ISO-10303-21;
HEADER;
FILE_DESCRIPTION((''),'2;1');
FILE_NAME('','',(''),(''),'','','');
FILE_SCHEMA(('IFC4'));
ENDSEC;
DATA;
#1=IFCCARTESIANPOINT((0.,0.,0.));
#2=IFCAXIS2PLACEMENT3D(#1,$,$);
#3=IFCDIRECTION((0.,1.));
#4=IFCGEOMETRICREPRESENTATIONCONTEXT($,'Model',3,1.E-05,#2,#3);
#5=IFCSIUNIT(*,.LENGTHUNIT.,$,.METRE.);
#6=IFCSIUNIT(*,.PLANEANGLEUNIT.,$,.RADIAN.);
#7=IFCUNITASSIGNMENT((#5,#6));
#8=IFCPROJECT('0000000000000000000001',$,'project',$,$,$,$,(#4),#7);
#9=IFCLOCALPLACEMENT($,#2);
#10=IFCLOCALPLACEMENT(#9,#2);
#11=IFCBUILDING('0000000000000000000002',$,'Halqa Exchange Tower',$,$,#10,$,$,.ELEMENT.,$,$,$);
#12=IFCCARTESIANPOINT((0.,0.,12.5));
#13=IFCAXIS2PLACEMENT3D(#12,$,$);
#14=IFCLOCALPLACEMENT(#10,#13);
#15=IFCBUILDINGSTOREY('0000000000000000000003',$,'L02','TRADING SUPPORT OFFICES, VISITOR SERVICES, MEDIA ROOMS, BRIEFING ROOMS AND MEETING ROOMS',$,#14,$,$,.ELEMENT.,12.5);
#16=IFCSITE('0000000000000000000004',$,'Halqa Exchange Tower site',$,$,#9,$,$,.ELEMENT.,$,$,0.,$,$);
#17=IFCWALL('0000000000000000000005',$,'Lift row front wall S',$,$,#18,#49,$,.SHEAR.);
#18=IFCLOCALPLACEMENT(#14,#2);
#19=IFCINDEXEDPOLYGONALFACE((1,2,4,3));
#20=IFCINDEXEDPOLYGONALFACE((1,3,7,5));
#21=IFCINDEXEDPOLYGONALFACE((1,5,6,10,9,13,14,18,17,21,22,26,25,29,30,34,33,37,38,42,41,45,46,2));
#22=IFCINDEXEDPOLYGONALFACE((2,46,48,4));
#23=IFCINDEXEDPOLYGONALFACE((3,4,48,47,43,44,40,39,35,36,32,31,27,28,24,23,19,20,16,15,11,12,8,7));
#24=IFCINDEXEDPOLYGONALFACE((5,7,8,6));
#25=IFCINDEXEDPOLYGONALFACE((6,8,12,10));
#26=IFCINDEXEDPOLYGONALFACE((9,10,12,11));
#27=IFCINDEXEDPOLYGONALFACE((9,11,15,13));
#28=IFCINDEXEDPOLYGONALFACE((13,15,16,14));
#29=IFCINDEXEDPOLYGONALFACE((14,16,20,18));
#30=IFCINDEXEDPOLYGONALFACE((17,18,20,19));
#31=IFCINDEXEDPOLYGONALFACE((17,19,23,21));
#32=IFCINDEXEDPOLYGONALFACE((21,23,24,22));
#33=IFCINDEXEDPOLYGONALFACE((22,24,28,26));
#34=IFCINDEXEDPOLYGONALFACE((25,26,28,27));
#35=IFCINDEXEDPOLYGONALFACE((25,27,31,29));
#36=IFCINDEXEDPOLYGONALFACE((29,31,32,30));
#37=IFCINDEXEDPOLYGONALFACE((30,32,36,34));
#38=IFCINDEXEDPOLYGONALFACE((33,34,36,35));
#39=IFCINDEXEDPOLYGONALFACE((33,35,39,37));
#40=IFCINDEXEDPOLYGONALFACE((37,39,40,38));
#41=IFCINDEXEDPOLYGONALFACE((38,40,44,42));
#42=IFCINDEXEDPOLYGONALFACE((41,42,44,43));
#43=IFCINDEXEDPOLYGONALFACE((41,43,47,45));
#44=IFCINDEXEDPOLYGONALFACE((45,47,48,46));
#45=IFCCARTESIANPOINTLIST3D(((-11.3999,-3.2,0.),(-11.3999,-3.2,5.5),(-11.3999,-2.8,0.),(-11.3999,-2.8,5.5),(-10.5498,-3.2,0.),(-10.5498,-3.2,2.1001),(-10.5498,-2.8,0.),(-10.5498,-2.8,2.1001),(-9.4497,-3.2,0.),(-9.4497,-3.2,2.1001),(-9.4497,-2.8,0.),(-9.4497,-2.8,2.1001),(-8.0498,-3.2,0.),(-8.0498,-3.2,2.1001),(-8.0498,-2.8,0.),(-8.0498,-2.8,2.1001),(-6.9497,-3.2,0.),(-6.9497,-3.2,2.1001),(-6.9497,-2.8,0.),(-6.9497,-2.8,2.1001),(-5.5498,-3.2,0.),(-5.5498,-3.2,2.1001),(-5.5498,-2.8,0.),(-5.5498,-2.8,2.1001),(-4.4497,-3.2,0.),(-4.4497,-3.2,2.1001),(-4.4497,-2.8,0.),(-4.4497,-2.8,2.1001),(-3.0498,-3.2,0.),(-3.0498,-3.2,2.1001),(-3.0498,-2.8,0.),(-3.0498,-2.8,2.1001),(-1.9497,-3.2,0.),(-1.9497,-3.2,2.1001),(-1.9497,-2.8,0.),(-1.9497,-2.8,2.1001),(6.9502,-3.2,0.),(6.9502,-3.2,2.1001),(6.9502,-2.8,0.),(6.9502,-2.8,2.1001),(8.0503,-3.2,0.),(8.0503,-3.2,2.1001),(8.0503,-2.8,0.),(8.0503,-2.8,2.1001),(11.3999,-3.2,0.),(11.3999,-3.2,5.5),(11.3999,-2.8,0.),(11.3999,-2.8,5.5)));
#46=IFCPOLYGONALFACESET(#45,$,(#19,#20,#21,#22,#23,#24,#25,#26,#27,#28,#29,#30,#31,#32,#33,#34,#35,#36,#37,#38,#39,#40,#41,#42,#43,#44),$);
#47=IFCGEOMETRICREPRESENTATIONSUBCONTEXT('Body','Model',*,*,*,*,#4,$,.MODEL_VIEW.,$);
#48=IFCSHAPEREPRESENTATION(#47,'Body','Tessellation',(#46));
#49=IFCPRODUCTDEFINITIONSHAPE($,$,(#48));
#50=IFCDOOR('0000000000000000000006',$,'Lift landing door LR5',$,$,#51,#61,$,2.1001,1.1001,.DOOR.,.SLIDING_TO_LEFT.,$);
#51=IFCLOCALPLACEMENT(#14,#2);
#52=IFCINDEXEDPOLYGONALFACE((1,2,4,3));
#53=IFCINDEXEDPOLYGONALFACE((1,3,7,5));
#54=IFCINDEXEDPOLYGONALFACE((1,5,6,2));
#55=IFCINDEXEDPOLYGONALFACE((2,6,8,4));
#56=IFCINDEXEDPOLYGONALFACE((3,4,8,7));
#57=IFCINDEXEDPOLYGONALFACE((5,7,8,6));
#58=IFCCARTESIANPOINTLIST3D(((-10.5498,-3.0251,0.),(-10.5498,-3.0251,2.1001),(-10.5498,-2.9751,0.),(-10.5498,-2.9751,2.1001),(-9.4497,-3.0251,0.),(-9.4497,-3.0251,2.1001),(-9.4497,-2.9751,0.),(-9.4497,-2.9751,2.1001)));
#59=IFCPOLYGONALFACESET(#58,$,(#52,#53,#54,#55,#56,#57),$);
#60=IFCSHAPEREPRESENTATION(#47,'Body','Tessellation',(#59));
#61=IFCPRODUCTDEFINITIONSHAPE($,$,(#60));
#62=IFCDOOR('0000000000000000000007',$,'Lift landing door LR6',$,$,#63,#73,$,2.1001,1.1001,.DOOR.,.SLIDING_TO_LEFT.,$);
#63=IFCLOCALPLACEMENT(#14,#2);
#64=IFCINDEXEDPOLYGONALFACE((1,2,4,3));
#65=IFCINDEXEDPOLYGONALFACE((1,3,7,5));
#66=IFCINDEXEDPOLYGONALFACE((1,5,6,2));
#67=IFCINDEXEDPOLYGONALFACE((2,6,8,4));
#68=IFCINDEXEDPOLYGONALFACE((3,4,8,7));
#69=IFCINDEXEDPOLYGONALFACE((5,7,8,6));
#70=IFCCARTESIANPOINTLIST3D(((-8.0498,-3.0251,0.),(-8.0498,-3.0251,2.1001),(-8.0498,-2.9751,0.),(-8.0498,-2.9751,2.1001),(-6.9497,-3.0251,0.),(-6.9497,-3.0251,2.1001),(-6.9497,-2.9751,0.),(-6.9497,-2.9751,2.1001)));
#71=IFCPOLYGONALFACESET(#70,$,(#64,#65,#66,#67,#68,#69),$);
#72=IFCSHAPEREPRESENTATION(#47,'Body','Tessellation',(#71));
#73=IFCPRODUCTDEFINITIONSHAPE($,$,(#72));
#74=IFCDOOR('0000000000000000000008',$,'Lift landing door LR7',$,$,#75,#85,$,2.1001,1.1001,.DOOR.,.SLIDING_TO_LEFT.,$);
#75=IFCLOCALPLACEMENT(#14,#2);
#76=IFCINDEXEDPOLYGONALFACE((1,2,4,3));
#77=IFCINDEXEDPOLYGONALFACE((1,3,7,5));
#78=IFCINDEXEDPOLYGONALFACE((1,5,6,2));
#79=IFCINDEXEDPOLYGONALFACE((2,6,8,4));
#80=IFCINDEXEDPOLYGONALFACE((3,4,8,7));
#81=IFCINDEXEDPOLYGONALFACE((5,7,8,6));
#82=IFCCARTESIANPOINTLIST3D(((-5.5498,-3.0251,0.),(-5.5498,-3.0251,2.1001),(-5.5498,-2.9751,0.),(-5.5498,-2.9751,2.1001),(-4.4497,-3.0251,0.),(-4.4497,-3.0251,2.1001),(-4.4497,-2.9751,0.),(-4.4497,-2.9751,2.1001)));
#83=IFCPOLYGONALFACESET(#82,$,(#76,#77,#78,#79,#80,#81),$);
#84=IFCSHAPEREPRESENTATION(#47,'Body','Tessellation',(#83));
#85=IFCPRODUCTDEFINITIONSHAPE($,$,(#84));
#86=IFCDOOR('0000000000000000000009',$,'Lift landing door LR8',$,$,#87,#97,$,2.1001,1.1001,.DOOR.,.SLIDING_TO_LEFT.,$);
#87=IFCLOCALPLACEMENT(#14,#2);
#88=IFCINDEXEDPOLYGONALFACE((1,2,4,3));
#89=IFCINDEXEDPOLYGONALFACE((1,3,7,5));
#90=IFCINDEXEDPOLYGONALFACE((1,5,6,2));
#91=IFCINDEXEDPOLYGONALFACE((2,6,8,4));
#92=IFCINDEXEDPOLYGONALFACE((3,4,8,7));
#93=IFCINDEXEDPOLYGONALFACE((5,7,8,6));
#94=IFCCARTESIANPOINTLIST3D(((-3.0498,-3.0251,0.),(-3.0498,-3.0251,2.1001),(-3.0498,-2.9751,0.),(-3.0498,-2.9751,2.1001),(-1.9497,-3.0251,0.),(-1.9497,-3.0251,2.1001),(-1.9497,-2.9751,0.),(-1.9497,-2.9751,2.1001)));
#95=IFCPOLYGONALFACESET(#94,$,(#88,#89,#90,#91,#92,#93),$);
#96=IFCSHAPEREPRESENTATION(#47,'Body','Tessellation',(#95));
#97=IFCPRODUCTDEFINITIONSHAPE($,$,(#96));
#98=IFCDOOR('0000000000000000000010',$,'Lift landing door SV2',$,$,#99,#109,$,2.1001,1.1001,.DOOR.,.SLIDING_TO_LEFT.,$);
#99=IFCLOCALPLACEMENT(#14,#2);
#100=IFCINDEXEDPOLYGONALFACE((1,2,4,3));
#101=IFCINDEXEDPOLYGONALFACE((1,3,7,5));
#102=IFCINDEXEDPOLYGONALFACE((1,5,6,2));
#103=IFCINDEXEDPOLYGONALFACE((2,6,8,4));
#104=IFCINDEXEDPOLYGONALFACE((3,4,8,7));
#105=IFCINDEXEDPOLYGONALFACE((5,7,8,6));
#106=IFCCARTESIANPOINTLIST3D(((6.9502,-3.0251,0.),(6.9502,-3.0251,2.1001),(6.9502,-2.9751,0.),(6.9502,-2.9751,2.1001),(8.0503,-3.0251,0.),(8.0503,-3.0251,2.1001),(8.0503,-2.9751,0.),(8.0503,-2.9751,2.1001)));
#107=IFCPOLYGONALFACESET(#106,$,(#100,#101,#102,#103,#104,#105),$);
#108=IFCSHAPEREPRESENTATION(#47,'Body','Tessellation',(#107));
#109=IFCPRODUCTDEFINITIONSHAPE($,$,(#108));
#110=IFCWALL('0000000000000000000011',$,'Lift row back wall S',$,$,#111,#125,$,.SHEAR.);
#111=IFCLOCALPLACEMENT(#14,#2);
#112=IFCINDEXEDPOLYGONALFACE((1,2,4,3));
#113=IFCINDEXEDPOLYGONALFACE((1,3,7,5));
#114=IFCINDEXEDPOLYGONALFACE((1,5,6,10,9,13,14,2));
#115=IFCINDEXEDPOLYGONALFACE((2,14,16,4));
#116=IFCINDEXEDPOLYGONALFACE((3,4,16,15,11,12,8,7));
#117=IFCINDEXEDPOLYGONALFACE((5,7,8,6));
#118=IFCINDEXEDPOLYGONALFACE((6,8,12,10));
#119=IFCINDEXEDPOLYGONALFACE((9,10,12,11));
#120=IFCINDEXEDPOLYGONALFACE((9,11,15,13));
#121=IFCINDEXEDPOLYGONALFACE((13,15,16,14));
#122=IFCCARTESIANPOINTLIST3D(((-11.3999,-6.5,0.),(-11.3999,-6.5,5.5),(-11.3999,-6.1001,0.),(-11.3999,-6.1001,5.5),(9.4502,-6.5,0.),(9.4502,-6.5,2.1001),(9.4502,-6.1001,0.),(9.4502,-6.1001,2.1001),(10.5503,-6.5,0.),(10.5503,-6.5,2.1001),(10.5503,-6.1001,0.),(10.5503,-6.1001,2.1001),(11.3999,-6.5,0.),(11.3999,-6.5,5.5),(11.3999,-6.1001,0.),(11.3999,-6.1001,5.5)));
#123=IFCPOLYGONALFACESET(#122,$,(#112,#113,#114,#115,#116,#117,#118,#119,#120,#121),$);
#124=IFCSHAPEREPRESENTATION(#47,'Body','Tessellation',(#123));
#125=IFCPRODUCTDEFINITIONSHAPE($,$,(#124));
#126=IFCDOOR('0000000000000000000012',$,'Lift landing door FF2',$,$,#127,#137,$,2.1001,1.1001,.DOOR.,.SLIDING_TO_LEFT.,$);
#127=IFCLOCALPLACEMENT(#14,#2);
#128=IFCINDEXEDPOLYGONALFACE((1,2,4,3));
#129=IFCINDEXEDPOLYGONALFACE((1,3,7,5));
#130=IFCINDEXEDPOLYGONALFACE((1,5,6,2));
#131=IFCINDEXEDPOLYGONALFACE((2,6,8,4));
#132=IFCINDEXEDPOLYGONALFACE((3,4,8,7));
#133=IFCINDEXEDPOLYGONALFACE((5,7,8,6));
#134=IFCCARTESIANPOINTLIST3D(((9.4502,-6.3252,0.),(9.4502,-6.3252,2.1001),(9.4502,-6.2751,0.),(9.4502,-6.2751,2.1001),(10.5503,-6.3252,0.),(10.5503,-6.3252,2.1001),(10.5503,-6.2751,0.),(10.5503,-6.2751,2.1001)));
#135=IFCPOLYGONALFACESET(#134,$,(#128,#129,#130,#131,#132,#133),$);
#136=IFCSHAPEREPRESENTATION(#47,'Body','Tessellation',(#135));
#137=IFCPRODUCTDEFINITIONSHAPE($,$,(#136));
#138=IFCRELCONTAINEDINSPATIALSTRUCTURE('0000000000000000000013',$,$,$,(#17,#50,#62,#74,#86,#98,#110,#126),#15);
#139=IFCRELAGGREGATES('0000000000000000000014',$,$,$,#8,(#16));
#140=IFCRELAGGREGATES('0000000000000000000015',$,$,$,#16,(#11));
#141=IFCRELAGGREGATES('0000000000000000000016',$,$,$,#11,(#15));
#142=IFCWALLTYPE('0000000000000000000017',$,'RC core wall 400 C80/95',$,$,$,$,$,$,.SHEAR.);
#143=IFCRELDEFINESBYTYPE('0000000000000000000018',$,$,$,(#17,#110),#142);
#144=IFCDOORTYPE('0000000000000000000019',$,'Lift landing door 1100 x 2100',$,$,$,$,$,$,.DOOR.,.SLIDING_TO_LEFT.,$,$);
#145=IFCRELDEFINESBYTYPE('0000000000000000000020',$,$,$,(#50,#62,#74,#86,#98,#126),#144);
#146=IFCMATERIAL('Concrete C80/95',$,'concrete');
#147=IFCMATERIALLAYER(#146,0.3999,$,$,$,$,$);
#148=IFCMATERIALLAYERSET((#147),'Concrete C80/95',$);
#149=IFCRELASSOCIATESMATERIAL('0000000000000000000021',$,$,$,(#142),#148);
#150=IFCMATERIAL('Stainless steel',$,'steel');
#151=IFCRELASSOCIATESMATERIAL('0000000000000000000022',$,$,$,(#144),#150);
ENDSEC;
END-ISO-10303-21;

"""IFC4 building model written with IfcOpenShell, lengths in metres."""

from ifc_helpers import new_model, si_unit, direction, frame, frame_2d, origin, place, context, subcontext, project, spatial, rectangle, extrude, material, layer, layer_set, type_object, element, fill, save


model = new_model("IFC4")

# Units and contexts
model_context = context("Model", 3, precision=1e-05, world=origin(), true_north=direction((0.0, 1.0)))
body_context = subcontext(model_context, "Body", "Model", "MODEL_VIEW")
ifc_project = project(units=[si_unit("LENGTHUNIT", "METRE"), si_unit("PLANEANGLEUNIT", "RADIAN")], contexts=[model_context])

# Site, building, storey
site_placement = place(None, origin())
site = spatial("IfcSite", under=ifc_project, at=site_placement, Name="Halqa Exchange Tower site", CompositionType="ELEMENT", RefElevation=0.0)
building_placement = place(site_placement, origin())
building = spatial("IfcBuilding", under=site, at=building_placement, Name="Halqa Exchange Tower", CompositionType="ELEMENT")
storey_placement = place(building_placement, frame((0.0, 0.0, 12.5)))
storey = spatial("IfcBuildingStorey", under=building, at=storey_placement, Name="L02", Description="TRADING SUPPORT OFFICES, VISITOR SERVICES, MEDIA ROOMS, BRIEFING ROOMS AND MEETING ROOMS", CompositionType="ELEMENT", Elevation=12.5)

# Wall, openings, doors
ifc_material_1 = material(Name="Concrete C80/95", Category="concrete")
ifc_layer_1 = layer(ifc_material_1, 0.3999)
ifc_layer_set_1 = layer_set([ifc_layer_1], Name="Concrete C80/95")
wall_type_1 = type_object("IfcWallType", Name="RC core wall 400 C80/95", PredefinedType="SHEAR", material=ifc_layer_set_1)
wall_1_placement = place(storey_placement, frame((-11.3999, -3.0, 0.0), z_axis=(0.0, 0.0, 1.0), x_axis=(1.0, 0.0, 0.0)))
wall_1 = element("IfcWall", 1, at=wall_1_placement, inside=storey, type_object=wall_type_1, Name="Lift row front wall S", PredefinedType="SHEAR", context=body_context, shape_type="SweptSolid", body=[
    extrude(rectangle(XDim=22.7998, YDim=0.3999, at=frame_2d((11.3999, 0.0))), origin(), (0.0, 0.0, 1.0), 5.5),
])
opening_1_placement = place(wall_1_placement, frame((0.8501, 0.0, 0.0)))
opening_1 = element("IfcOpeningElement", 2, at=opening_1_placement, cuts=wall_1, PredefinedType="OPENING", context=body_context, shape_type="SweptSolid", body=[
    extrude(rectangle(XDim=1.1001, YDim=2.1001, at=frame_2d((0.55, 1.05))), frame((0.0, 0.2119, 0.0), z_axis=(0.0, -1.0, 0.0), x_axis=(1.0, 0.0, 0.0)), (0.0, 0.0, 1.0), 0.4238),
])
opening_2_placement = place(wall_1_placement, frame((3.3501, 0.0, 0.0)))
opening_2 = element("IfcOpeningElement", 3, at=opening_2_placement, cuts=wall_1, PredefinedType="OPENING", context=body_context, shape_type="SweptSolid", body=[
    extrude(rectangle(XDim=1.1001, YDim=2.1001, at=frame_2d((0.55, 1.05))), frame((0.0, 0.2119, 0.0), z_axis=(0.0, -1.0, 0.0), x_axis=(1.0, 0.0, 0.0)), (0.0, 0.0, 1.0), 0.4238),
])
opening_3_placement = place(wall_1_placement, frame((5.8501, 0.0, 0.0)))
opening_3 = element("IfcOpeningElement", 4, at=opening_3_placement, cuts=wall_1, PredefinedType="OPENING", context=body_context, shape_type="SweptSolid", body=[
    extrude(rectangle(XDim=1.1001, YDim=2.1001, at=frame_2d((0.55, 1.05))), frame((0.0, 0.2119, 0.0), z_axis=(0.0, -1.0, 0.0), x_axis=(1.0, 0.0, 0.0)), (0.0, 0.0, 1.0), 0.4238),
])
opening_4_placement = place(wall_1_placement, frame((8.3501, 0.0, 0.0)))
opening_4 = element("IfcOpeningElement", 5, at=opening_4_placement, cuts=wall_1, PredefinedType="OPENING", context=body_context, shape_type="SweptSolid", body=[
    extrude(rectangle(XDim=1.1001, YDim=2.1001, at=frame_2d((0.55, 1.05))), frame((0.0, 0.2119, 0.0), z_axis=(0.0, -1.0, 0.0), x_axis=(1.0, 0.0, 0.0)), (0.0, 0.0, 1.0), 0.4238),
])
opening_5_placement = place(wall_1_placement, frame((18.3501, 0.0, 0.0)))
opening_5 = element("IfcOpeningElement", 6, at=opening_5_placement, cuts=wall_1, PredefinedType="OPENING", context=body_context, shape_type="SweptSolid", body=[
    extrude(rectangle(XDim=1.1001, YDim=2.1001, at=frame_2d((0.55, 1.05))), frame((0.0, 0.2119, 0.0), z_axis=(0.0, -1.0, 0.0), x_axis=(1.0, 0.0, 0.0)), (0.0, 0.0, 1.0), 0.4238),
])
ifc_material_2 = material(Name="Stainless steel", Category="steel")
door_type = type_object("IfcDoorType", Name="Lift landing door 1100 x 2100", OperationType="SLIDING_TO_LEFT", PredefinedType="DOOR", material=ifc_material_2)
door_1_placement = place(opening_1_placement, origin())
door_1 = element("IfcDoor", 7, at=door_1_placement, inside=storey, type_object=door_type, Name="Lift landing door LR5", OperationType="SLIDING_TO_LEFT", OverallHeight=2.1001, OverallWidth=1.1001, PredefinedType="DOOR", context=body_context, shape_type="SweptSolid", body=[
    extrude(rectangle(XDim=1.1001, YDim=2.1001, at=frame_2d((0.55, 1.05))), frame((0.0, 0.0249, 0.0), z_axis=(0.0, -1.0, 0.0), x_axis=(1.0, 0.0, 0.0)), (0.0, 0.0, 1.0), 0.05),
])
fill(opening_1, door_1)
door_2_placement = place(opening_2_placement, origin())
door_2 = element("IfcDoor", 8, at=door_2_placement, inside=storey, type_object=door_type, Name="Lift landing door LR6", OperationType="SLIDING_TO_LEFT", OverallHeight=2.1001, OverallWidth=1.1001, PredefinedType="DOOR", context=body_context, shape_type="SweptSolid", body=[
    extrude(rectangle(XDim=1.1001, YDim=2.1001, at=frame_2d((0.55, 1.05))), frame((0.0, 0.0249, 0.0), z_axis=(0.0, -1.0, 0.0), x_axis=(1.0, 0.0, 0.0)), (0.0, 0.0, 1.0), 0.05),
])
fill(opening_2, door_2)
door_3_placement = place(opening_3_placement, origin())
door_3 = element("IfcDoor", 9, at=door_3_placement, inside=storey, type_object=door_type, Name="Lift landing door LR7", OperationType="SLIDING_TO_LEFT", OverallHeight=2.1001, OverallWidth=1.1001, PredefinedType="DOOR", context=body_context, shape_type="SweptSolid", body=[
    extrude(rectangle(XDim=1.1001, YDim=2.1001, at=frame_2d((0.55, 1.05))), frame((0.0, 0.0249, 0.0), z_axis=(0.0, -1.0, 0.0), x_axis=(1.0, 0.0, 0.0)), (0.0, 0.0, 1.0), 0.05),
])
fill(opening_3, door_3)
door_4_placement = place(opening_4_placement, origin())
door_4 = element("IfcDoor", 10, at=door_4_placement, inside=storey, type_object=door_type, Name="Lift landing door LR8", OperationType="SLIDING_TO_LEFT", OverallHeight=2.1001, OverallWidth=1.1001, PredefinedType="DOOR", context=body_context, shape_type="SweptSolid", body=[
    extrude(rectangle(XDim=1.1001, YDim=2.1001, at=frame_2d((0.55, 1.05))), frame((0.0, 0.0249, 0.0), z_axis=(0.0, -1.0, 0.0), x_axis=(1.0, 0.0, 0.0)), (0.0, 0.0, 1.0), 0.05),
])
fill(opening_4, door_4)
door_5_placement = place(opening_5_placement, origin())
door_5 = element("IfcDoor", 11, at=door_5_placement, inside=storey, type_object=door_type, Name="Lift landing door SV2", OperationType="SLIDING_TO_LEFT", OverallHeight=2.1001, OverallWidth=1.1001, PredefinedType="DOOR", context=body_context, shape_type="SweptSolid", body=[
    extrude(rectangle(XDim=1.1001, YDim=2.1001, at=frame_2d((0.55, 1.05))), frame((0.0, 0.0249, 0.0), z_axis=(0.0, -1.0, 0.0), x_axis=(1.0, 0.0, 0.0)), (0.0, 0.0, 1.0), 0.05),
])
fill(opening_5, door_5)

# Wall, opening, door
wall_2_placement = place(storey_placement, frame((-11.3999, -6.3, 0.0), z_axis=(0.0, 0.0, 1.0), x_axis=(1.0, 0.0, 0.0)))
wall_2 = element("IfcWall", 12, at=wall_2_placement, inside=storey, type_object=wall_type_1, Name="Lift row back wall S", PredefinedType="SHEAR", context=body_context, shape_type="SweptSolid", body=[
    extrude(rectangle(XDim=22.7998, YDim=0.3999, at=frame_2d((11.3999, 0.0))), origin(), (0.0, 0.0, 1.0), 5.5),
])
opening_6_placement = place(wall_2_placement, frame((20.8501, 0.0, 0.0)))
opening_6 = element("IfcOpeningElement", 13, at=opening_6_placement, cuts=wall_2, PredefinedType="OPENING", context=body_context, shape_type="SweptSolid", body=[
    extrude(rectangle(XDim=1.1001, YDim=2.1001, at=frame_2d((0.55, 1.05))), frame((0.0, 0.2119, 0.0), z_axis=(0.0, -1.0, 0.0), x_axis=(1.0, 0.0, 0.0)), (0.0, 0.0, 1.0), 0.4238),
])
door_6_placement = place(opening_6_placement, origin())
door_6 = element("IfcDoor", 14, at=door_6_placement, inside=storey, type_object=door_type, Name="Lift landing door FF2", OperationType="SLIDING_TO_LEFT", OverallHeight=2.1001, OverallWidth=1.1001, PredefinedType="DOOR", context=body_context, shape_type="SweptSolid", body=[
    extrude(rectangle(XDim=1.1001, YDim=2.1001, at=frame_2d((0.55, 1.05))), frame((0.0, 0.0249, 0.0), z_axis=(0.0, -1.0, 0.0), x_axis=(1.0, 0.0, 0.0)), (0.0, 0.0, 1.0), 0.05),
])
fill(opening_6, door_6)

save(model, "model.ifc")
